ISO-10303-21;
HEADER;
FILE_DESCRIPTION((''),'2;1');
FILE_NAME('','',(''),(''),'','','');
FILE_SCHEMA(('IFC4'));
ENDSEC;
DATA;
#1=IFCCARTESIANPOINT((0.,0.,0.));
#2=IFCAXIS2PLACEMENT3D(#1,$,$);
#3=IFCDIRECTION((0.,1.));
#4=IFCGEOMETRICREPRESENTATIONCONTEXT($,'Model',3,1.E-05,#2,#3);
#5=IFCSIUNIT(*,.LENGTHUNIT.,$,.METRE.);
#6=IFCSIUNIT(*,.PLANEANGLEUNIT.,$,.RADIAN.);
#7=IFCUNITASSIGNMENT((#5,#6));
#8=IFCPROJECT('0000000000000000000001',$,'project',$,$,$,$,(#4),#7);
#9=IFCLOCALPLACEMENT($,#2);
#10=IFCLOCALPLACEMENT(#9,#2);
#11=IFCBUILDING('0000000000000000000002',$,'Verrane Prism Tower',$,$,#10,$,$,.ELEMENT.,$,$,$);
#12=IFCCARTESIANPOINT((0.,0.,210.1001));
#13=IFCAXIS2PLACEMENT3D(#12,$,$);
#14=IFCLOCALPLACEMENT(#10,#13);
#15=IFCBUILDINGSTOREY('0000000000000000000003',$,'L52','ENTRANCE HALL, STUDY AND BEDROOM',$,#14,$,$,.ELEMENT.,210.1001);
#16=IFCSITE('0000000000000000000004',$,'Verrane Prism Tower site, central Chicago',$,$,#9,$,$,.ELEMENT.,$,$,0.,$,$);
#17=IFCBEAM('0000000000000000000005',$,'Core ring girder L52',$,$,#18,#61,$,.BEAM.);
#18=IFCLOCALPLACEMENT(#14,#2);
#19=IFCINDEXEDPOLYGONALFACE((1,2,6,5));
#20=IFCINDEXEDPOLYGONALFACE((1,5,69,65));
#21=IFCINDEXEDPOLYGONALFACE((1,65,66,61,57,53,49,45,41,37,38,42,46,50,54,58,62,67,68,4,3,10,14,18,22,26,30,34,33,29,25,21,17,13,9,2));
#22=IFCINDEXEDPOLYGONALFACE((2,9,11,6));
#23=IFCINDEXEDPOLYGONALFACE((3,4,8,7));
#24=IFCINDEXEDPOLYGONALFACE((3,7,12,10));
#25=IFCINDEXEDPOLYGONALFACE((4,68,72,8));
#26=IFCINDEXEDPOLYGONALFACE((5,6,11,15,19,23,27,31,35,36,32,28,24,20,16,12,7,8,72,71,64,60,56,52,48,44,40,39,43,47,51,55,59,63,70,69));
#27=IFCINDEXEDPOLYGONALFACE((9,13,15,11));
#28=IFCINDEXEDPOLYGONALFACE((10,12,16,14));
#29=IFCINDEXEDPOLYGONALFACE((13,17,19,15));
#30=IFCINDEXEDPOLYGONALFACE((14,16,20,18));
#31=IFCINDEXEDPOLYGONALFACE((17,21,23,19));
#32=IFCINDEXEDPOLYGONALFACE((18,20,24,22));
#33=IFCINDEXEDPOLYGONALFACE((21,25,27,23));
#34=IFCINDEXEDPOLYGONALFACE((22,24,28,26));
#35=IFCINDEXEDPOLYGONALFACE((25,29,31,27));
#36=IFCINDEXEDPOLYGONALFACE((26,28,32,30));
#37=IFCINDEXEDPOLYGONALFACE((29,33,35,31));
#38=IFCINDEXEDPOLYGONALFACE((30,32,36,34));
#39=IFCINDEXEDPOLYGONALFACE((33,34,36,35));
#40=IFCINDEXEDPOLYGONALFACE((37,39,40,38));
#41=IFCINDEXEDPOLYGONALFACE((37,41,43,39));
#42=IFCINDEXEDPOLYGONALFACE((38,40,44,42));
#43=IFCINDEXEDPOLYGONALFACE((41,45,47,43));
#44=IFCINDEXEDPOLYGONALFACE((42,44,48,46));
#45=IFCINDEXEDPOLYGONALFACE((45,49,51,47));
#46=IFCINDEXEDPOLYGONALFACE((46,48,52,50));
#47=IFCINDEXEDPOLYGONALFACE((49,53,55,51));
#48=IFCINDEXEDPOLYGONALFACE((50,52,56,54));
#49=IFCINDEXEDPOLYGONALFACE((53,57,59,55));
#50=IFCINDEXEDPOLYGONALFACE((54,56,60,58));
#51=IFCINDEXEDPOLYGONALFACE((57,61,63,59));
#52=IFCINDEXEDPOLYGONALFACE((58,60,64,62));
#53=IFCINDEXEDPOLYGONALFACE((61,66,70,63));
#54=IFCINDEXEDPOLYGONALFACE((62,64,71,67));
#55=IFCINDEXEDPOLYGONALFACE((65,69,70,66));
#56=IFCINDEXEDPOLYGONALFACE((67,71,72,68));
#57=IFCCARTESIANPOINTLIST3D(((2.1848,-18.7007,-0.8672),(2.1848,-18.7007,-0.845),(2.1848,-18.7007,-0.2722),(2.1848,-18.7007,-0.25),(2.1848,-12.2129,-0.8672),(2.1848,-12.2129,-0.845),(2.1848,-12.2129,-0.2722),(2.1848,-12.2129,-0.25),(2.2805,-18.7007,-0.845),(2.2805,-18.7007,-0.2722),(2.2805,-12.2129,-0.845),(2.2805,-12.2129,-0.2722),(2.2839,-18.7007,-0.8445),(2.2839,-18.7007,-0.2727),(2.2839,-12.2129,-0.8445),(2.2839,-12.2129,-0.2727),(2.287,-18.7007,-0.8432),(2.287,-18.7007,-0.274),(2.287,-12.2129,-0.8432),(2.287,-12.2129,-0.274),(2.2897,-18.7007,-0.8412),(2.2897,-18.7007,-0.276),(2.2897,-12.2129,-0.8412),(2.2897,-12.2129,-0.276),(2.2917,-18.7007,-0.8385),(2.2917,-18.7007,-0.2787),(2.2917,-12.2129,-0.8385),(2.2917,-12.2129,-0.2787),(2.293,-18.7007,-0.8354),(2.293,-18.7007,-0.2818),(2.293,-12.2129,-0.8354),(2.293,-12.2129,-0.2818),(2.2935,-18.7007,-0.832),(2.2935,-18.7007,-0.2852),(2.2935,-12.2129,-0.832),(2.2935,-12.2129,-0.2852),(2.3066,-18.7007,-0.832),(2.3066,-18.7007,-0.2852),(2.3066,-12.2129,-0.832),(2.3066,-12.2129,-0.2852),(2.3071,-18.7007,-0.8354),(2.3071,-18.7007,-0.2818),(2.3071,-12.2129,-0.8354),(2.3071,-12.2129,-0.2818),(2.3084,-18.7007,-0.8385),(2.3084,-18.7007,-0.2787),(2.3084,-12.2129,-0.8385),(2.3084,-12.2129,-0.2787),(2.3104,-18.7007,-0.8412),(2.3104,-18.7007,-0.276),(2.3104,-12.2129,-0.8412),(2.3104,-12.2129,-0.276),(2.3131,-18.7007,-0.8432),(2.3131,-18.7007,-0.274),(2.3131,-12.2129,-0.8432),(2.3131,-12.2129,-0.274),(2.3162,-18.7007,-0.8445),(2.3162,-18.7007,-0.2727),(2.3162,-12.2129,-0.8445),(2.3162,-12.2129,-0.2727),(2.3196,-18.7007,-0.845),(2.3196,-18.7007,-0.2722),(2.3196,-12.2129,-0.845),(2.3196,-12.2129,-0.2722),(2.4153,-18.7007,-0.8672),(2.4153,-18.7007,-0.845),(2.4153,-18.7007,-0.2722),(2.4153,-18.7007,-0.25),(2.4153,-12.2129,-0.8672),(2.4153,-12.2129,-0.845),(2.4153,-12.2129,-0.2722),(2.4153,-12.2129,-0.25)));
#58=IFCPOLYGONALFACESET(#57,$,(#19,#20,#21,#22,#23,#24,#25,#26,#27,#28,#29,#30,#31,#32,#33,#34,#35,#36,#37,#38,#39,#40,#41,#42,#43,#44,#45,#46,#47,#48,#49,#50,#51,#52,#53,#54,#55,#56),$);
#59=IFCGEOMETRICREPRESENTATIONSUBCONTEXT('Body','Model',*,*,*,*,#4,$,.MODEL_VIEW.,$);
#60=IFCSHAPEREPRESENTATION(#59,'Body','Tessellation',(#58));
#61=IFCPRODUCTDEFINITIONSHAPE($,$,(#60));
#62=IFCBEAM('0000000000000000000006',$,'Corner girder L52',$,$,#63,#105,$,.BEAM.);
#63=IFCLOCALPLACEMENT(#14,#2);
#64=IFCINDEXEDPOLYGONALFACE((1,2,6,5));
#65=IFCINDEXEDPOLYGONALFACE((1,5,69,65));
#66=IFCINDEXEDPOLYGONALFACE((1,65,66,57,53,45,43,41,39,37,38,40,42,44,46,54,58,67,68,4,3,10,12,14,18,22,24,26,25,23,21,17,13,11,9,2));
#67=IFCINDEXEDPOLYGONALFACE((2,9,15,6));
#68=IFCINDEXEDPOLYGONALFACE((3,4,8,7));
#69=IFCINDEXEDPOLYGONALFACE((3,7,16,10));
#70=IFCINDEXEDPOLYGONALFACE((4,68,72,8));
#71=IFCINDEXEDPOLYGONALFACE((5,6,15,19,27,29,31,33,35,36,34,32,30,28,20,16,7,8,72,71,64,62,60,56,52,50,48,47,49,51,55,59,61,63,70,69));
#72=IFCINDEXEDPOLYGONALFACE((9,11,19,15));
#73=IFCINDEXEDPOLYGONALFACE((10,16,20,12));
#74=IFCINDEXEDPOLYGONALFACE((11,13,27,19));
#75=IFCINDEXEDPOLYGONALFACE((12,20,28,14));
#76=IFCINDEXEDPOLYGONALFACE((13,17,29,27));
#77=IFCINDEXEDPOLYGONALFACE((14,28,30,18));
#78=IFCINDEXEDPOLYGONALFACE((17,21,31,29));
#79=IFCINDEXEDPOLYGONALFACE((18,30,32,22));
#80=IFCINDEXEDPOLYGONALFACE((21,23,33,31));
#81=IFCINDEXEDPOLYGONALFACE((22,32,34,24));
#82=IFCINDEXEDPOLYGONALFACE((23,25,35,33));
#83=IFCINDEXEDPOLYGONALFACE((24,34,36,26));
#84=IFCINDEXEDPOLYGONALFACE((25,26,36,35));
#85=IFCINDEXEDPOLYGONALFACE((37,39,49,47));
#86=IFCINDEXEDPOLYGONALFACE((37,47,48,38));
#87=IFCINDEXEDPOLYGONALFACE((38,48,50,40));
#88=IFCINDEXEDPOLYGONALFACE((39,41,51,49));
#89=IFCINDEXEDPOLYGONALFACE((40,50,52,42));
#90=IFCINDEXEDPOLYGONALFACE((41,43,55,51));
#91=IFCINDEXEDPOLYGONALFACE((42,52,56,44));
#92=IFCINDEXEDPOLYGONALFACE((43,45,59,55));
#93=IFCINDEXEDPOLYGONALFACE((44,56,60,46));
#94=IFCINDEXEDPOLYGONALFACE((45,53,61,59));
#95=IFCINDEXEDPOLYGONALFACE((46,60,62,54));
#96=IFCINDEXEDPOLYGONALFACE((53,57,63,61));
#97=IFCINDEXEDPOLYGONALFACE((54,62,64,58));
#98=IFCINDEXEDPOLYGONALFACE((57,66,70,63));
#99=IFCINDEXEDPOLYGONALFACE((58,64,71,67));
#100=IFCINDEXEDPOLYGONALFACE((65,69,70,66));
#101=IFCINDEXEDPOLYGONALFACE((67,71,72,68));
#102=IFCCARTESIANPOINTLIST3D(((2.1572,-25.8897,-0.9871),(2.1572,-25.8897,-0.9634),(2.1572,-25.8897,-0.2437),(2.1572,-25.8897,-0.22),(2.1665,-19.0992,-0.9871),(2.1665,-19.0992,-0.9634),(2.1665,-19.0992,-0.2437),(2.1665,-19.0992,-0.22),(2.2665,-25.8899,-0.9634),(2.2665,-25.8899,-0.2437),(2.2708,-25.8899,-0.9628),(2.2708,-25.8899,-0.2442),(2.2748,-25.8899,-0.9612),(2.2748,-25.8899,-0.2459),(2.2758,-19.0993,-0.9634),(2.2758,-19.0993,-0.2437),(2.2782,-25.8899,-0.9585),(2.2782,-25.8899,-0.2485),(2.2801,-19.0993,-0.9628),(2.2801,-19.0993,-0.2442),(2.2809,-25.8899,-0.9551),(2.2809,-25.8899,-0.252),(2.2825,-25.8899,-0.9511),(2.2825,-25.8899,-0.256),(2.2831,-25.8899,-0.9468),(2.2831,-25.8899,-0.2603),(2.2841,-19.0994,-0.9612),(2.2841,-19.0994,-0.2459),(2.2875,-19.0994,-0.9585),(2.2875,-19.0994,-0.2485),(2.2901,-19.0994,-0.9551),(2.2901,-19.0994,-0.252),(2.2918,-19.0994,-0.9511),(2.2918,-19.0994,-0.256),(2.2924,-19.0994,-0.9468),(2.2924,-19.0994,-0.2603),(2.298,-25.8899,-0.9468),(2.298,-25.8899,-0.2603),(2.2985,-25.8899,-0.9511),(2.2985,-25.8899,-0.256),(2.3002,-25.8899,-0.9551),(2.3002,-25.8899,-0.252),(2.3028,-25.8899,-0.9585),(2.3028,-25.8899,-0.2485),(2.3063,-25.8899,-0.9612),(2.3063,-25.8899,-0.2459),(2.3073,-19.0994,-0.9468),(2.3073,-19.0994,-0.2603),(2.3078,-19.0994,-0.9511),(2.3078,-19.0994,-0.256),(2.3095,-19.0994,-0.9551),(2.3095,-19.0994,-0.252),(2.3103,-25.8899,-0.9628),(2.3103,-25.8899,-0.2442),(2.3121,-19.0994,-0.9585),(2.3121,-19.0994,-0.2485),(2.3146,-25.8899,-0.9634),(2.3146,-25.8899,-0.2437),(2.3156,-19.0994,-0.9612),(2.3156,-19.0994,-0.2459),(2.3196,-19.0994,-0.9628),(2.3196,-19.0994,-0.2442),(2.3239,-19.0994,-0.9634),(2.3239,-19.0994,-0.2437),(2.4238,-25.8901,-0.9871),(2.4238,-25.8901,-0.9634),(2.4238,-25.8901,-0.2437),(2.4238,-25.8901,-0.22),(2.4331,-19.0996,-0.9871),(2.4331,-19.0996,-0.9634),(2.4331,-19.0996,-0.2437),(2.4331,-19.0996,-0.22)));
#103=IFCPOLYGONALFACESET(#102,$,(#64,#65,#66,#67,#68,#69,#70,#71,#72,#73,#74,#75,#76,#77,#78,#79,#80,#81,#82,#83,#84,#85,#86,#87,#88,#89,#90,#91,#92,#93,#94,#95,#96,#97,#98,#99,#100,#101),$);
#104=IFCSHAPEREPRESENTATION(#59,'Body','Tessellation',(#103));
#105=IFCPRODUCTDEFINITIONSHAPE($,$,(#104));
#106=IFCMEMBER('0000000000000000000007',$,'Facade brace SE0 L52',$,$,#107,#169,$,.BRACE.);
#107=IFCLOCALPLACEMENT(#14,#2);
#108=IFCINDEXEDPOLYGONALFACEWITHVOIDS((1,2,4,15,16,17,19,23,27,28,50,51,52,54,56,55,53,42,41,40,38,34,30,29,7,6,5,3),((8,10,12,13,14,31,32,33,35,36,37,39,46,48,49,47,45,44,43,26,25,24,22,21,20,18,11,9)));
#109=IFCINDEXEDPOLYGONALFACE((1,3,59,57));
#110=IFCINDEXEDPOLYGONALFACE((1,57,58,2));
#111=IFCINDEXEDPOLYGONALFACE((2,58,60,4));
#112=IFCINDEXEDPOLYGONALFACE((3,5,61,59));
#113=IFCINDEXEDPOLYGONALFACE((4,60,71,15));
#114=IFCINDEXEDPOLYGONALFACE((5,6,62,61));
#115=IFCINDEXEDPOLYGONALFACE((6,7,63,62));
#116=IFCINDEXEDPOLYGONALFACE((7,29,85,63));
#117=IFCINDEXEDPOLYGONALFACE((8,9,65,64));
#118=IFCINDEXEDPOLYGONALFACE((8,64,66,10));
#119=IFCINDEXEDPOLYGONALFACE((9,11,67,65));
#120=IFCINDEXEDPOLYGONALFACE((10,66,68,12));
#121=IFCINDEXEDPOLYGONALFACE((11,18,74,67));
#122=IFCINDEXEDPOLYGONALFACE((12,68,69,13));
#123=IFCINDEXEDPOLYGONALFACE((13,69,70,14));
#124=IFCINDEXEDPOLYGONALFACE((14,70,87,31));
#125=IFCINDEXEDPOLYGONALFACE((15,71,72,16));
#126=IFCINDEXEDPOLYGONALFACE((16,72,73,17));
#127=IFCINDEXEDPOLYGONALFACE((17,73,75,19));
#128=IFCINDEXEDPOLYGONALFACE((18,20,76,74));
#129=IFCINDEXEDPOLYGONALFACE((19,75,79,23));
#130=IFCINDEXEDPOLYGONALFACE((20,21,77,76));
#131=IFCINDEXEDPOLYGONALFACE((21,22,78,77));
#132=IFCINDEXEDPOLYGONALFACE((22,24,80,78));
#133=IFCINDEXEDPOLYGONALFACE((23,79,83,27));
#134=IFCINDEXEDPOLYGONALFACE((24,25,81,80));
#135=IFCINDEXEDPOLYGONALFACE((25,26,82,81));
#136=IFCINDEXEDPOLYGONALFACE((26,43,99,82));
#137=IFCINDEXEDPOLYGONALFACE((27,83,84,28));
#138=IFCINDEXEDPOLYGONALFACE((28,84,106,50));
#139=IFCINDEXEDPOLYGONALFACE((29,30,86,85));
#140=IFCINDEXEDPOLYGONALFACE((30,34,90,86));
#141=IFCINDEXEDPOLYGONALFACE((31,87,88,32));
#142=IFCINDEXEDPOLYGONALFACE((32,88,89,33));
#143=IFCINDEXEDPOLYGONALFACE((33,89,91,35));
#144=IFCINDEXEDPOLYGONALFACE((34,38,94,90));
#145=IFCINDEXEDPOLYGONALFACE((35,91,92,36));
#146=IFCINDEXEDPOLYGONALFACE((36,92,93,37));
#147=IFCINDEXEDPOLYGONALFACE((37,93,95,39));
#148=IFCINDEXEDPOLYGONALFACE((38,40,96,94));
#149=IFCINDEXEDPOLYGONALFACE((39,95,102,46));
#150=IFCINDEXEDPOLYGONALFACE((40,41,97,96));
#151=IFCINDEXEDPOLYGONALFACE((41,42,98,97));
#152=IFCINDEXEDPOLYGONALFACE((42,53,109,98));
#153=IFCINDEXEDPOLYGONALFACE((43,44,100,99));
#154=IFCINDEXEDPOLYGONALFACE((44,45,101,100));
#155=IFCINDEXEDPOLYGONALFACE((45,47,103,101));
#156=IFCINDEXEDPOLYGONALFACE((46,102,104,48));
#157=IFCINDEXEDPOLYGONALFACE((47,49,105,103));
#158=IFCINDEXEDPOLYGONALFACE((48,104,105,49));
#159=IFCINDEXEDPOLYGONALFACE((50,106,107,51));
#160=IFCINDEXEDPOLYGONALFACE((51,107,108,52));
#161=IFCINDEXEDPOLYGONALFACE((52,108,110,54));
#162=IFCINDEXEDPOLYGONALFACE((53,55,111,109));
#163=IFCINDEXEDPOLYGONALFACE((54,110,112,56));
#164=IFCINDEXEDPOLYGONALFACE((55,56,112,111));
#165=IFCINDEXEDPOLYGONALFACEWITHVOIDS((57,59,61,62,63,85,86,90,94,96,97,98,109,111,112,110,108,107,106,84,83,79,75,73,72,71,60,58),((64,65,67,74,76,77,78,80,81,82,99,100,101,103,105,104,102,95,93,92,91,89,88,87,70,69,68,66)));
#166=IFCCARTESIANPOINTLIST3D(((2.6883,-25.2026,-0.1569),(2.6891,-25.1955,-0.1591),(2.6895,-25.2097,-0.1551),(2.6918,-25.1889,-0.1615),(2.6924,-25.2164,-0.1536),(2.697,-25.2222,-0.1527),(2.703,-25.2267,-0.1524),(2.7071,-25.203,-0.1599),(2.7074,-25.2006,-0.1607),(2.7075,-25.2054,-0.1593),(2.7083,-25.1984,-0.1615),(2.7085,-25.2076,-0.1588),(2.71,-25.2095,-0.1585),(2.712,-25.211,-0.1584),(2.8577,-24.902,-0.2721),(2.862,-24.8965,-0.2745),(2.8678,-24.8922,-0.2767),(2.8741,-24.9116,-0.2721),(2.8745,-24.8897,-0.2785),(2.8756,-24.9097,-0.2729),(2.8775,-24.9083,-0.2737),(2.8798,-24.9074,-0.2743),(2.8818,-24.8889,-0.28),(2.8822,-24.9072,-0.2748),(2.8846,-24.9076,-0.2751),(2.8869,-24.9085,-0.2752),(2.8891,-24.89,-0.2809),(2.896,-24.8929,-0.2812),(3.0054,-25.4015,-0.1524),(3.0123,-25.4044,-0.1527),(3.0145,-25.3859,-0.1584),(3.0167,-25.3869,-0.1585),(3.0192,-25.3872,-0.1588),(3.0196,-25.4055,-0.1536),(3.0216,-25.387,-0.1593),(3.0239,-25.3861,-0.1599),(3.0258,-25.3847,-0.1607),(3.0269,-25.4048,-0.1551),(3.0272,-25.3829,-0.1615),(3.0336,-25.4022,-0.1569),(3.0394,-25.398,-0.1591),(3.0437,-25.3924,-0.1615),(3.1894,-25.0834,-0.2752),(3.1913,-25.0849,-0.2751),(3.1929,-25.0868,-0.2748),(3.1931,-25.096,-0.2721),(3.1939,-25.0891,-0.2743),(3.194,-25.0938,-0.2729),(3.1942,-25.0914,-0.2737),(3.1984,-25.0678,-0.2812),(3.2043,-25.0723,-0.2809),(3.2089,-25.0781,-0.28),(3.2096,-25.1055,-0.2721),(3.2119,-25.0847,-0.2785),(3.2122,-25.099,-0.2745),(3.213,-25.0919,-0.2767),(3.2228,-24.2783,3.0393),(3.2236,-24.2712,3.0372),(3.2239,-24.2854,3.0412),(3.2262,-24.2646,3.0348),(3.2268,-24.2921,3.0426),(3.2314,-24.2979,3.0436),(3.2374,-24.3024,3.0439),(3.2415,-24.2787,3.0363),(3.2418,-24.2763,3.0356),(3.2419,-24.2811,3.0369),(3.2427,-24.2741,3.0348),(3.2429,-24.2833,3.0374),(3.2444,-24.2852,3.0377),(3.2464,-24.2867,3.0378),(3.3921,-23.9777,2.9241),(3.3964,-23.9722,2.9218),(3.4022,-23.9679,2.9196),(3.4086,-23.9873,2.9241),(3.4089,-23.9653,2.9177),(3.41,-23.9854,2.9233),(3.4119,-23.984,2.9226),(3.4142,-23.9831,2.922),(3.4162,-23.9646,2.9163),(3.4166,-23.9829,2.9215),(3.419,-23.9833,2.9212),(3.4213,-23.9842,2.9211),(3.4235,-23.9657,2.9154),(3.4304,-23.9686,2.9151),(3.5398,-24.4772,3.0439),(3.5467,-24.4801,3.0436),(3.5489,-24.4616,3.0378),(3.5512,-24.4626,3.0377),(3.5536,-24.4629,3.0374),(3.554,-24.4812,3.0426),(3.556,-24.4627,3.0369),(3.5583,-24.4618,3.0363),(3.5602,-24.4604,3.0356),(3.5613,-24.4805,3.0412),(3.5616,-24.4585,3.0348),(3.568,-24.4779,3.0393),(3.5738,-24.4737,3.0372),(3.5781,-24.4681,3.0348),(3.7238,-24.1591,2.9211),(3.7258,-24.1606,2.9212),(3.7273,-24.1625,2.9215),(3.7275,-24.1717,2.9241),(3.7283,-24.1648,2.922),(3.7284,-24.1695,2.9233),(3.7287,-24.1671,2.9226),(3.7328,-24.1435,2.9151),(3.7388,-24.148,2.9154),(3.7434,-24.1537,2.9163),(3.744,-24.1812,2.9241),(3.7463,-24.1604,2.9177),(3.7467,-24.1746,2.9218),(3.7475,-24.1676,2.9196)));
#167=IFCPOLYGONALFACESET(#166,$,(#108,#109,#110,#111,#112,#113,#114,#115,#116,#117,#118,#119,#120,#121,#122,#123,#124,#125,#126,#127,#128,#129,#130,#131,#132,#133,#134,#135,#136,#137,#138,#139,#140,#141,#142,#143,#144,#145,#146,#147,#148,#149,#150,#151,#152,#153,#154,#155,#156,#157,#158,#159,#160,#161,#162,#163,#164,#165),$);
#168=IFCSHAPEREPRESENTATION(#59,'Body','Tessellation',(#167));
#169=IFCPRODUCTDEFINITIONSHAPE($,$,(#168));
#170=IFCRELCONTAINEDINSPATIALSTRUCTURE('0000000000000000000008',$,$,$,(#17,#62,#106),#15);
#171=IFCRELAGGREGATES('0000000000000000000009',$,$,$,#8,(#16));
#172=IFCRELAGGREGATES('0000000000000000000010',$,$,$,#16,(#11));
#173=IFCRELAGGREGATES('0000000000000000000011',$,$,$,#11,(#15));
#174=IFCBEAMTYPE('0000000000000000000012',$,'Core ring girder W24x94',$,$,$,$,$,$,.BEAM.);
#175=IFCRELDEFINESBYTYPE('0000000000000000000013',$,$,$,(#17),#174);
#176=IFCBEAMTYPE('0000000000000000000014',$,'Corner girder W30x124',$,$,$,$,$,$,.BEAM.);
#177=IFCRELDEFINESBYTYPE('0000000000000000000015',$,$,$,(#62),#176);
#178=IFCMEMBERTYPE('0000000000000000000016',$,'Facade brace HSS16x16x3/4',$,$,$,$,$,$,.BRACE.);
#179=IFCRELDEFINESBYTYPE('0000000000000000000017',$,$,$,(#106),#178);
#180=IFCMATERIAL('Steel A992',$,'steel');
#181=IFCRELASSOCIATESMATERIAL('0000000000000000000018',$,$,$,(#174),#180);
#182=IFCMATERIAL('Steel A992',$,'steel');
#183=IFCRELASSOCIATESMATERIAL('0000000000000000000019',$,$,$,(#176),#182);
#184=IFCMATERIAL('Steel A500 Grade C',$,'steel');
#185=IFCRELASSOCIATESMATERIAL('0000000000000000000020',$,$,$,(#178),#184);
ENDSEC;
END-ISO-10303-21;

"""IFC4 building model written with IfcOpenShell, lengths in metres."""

from ifc_helpers import new_model, si_unit, direction, frame, origin, origin_2d, place, context, subcontext, project, spatial, hollow_rectangle, i_section, extrude, material, material_profile, profile_set, type_object, element, save


model = new_model("IFC4")

# Units and contexts
model_context = context("Model", 3, precision=1e-05, world=origin(), true_north=direction((0.0, 1.0)))
body_context = subcontext(model_context, "Body", "Model", "MODEL_VIEW")
ifc_project = project(units=[si_unit("LENGTHUNIT", "METRE"), si_unit("PLANEANGLEUNIT", "RADIAN")], contexts=[model_context])

# Site, building, storey
site_placement = place(None, origin())
site = spatial("IfcSite", under=ifc_project, at=site_placement, Name="Verrane Prism Tower site, central Chicago", CompositionType="ELEMENT", RefElevation=0.0)
building_placement = place(site_placement, origin())
building = spatial("IfcBuilding", under=site, at=building_placement, Name="Verrane Prism Tower", CompositionType="ELEMENT")
storey_placement = place(building_placement, frame((0.0, 0.0, 210.1001)))
storey = spatial("IfcBuildingStorey", under=building, at=storey_placement, Name="L52", Description="ENTRANCE HALL, STUDY AND BEDROOM", CompositionType="ELEMENT", Elevation=210.1001)

# Beams
ifc_material_1 = material(Name="Steel A992", Category="steel")
ifc_material_profile_1 = material_profile(ifc_material_1, i_section(OverallWidth=0.2305, OverallDepth=0.6172, WebThickness=0.0132, FlangeThickness=0.0222, FilletRadius=0.0129, at=origin_2d()), Name="W24x94")
ifc_profile_set_1 = profile_set([ifc_material_profile_1], Name="Steel A992")
beam_type_1 = type_object("IfcBeamType", Name="Core ring girder W24x94", PredefinedType="BEAM", material=ifc_profile_set_1)
beam_1_placement = place(storey_placement, frame((2.3, -18.7007, -0.5586), z_axis=(0.0, 1.0, 0.0), x_axis=(-1.0, 0.0, 0.0)))
element("IfcBeam", 1, at=beam_1_placement, inside=storey, type_object=beam_type_1, Name="Core ring girder L52", PredefinedType="BEAM", context=body_context, shape_type="SweptSolid", body=[
    extrude(i_section(OverallWidth=0.2305, OverallDepth=0.6172, WebThickness=0.0132, FlangeThickness=0.0222, FilletRadius=0.0129, at=origin_2d()), origin(), (0.0, 0.0, 1.0), 6.4878),
])
ifc_material_2 = material(Name="Steel A992", Category="steel")
ifc_material_profile_2 = material_profile(ifc_material_2, i_section(OverallWidth=0.2666, OverallDepth=0.7671, WebThickness=0.0149, FlangeThickness=0.0237, FilletRadius=0.0166, at=origin_2d()), Name="W30x124")
ifc_profile_set_2 = profile_set([ifc_material_profile_2], Name="Steel A992")
beam_type_2 = type_object("IfcBeamType", Name="Corner girder W30x124", PredefinedType="BEAM", material=ifc_profile_set_2)
beam_2_placement = place(storey_placement, frame((2.2905, -25.8899, -0.6035), z_axis=(0.001366, 0.999999, 0.0), x_axis=(-0.999999, 0.001366, 0.0)))
element("IfcBeam", 2, at=beam_2_placement, inside=storey, type_object=beam_type_2, Name="Corner girder L52", PredefinedType="BEAM", context=body_context, shape_type="SweptSolid", body=[
    extrude(i_section(OverallWidth=0.2666, OverallDepth=0.7671, WebThickness=0.0149, FlangeThickness=0.0237, FilletRadius=0.0166, at=origin_2d()), origin(), (0.0, 0.0, 1.0), 6.7905),
])

# Member
ifc_material_3 = material(Name="Steel A500 Grade C", Category="steel")
ifc_material_profile_3 = material_profile(ifc_material_3, hollow_rectangle(XDim=0.4065, YDim=0.4065, WallThickness=0.019, InnerFilletRadius=0.0095, OuterFilletRadius=0.0286, at=origin_2d()), Name="HSS16x16x3/4")
ifc_profile_set_3 = profile_set([ifc_material_profile_3], Name="Steel A500 Grade C")
member_type_1 = type_object("IfcMemberType", Name="Facade brace HSS16x16x3/4", PredefinedType="BRACE", material=ifc_profile_set_3)
member_1_placement = place(storey_placement, frame((2.9507, -25.1472, -0.2168), z_axis=(0.158587, 0.274286, 0.948482), x_axis=(-0.865713, 0.50054, 0.0)))
element("IfcMember", 3, at=member_1_placement, inside=storey, type_object=member_type_1, Name="Facade brace SE0 L52", PredefinedType="BRACE", context=body_context, shape_type="SweptSolid", body=[
    extrude(hollow_rectangle(XDim=0.4065, YDim=0.4065, WallThickness=0.019, InnerFilletRadius=0.0095, OuterFilletRadius=0.0286, at=origin_2d()), origin(), (0.0, 0.0, 1.0), 3.3699),
])

save(model, "model.ifc")
